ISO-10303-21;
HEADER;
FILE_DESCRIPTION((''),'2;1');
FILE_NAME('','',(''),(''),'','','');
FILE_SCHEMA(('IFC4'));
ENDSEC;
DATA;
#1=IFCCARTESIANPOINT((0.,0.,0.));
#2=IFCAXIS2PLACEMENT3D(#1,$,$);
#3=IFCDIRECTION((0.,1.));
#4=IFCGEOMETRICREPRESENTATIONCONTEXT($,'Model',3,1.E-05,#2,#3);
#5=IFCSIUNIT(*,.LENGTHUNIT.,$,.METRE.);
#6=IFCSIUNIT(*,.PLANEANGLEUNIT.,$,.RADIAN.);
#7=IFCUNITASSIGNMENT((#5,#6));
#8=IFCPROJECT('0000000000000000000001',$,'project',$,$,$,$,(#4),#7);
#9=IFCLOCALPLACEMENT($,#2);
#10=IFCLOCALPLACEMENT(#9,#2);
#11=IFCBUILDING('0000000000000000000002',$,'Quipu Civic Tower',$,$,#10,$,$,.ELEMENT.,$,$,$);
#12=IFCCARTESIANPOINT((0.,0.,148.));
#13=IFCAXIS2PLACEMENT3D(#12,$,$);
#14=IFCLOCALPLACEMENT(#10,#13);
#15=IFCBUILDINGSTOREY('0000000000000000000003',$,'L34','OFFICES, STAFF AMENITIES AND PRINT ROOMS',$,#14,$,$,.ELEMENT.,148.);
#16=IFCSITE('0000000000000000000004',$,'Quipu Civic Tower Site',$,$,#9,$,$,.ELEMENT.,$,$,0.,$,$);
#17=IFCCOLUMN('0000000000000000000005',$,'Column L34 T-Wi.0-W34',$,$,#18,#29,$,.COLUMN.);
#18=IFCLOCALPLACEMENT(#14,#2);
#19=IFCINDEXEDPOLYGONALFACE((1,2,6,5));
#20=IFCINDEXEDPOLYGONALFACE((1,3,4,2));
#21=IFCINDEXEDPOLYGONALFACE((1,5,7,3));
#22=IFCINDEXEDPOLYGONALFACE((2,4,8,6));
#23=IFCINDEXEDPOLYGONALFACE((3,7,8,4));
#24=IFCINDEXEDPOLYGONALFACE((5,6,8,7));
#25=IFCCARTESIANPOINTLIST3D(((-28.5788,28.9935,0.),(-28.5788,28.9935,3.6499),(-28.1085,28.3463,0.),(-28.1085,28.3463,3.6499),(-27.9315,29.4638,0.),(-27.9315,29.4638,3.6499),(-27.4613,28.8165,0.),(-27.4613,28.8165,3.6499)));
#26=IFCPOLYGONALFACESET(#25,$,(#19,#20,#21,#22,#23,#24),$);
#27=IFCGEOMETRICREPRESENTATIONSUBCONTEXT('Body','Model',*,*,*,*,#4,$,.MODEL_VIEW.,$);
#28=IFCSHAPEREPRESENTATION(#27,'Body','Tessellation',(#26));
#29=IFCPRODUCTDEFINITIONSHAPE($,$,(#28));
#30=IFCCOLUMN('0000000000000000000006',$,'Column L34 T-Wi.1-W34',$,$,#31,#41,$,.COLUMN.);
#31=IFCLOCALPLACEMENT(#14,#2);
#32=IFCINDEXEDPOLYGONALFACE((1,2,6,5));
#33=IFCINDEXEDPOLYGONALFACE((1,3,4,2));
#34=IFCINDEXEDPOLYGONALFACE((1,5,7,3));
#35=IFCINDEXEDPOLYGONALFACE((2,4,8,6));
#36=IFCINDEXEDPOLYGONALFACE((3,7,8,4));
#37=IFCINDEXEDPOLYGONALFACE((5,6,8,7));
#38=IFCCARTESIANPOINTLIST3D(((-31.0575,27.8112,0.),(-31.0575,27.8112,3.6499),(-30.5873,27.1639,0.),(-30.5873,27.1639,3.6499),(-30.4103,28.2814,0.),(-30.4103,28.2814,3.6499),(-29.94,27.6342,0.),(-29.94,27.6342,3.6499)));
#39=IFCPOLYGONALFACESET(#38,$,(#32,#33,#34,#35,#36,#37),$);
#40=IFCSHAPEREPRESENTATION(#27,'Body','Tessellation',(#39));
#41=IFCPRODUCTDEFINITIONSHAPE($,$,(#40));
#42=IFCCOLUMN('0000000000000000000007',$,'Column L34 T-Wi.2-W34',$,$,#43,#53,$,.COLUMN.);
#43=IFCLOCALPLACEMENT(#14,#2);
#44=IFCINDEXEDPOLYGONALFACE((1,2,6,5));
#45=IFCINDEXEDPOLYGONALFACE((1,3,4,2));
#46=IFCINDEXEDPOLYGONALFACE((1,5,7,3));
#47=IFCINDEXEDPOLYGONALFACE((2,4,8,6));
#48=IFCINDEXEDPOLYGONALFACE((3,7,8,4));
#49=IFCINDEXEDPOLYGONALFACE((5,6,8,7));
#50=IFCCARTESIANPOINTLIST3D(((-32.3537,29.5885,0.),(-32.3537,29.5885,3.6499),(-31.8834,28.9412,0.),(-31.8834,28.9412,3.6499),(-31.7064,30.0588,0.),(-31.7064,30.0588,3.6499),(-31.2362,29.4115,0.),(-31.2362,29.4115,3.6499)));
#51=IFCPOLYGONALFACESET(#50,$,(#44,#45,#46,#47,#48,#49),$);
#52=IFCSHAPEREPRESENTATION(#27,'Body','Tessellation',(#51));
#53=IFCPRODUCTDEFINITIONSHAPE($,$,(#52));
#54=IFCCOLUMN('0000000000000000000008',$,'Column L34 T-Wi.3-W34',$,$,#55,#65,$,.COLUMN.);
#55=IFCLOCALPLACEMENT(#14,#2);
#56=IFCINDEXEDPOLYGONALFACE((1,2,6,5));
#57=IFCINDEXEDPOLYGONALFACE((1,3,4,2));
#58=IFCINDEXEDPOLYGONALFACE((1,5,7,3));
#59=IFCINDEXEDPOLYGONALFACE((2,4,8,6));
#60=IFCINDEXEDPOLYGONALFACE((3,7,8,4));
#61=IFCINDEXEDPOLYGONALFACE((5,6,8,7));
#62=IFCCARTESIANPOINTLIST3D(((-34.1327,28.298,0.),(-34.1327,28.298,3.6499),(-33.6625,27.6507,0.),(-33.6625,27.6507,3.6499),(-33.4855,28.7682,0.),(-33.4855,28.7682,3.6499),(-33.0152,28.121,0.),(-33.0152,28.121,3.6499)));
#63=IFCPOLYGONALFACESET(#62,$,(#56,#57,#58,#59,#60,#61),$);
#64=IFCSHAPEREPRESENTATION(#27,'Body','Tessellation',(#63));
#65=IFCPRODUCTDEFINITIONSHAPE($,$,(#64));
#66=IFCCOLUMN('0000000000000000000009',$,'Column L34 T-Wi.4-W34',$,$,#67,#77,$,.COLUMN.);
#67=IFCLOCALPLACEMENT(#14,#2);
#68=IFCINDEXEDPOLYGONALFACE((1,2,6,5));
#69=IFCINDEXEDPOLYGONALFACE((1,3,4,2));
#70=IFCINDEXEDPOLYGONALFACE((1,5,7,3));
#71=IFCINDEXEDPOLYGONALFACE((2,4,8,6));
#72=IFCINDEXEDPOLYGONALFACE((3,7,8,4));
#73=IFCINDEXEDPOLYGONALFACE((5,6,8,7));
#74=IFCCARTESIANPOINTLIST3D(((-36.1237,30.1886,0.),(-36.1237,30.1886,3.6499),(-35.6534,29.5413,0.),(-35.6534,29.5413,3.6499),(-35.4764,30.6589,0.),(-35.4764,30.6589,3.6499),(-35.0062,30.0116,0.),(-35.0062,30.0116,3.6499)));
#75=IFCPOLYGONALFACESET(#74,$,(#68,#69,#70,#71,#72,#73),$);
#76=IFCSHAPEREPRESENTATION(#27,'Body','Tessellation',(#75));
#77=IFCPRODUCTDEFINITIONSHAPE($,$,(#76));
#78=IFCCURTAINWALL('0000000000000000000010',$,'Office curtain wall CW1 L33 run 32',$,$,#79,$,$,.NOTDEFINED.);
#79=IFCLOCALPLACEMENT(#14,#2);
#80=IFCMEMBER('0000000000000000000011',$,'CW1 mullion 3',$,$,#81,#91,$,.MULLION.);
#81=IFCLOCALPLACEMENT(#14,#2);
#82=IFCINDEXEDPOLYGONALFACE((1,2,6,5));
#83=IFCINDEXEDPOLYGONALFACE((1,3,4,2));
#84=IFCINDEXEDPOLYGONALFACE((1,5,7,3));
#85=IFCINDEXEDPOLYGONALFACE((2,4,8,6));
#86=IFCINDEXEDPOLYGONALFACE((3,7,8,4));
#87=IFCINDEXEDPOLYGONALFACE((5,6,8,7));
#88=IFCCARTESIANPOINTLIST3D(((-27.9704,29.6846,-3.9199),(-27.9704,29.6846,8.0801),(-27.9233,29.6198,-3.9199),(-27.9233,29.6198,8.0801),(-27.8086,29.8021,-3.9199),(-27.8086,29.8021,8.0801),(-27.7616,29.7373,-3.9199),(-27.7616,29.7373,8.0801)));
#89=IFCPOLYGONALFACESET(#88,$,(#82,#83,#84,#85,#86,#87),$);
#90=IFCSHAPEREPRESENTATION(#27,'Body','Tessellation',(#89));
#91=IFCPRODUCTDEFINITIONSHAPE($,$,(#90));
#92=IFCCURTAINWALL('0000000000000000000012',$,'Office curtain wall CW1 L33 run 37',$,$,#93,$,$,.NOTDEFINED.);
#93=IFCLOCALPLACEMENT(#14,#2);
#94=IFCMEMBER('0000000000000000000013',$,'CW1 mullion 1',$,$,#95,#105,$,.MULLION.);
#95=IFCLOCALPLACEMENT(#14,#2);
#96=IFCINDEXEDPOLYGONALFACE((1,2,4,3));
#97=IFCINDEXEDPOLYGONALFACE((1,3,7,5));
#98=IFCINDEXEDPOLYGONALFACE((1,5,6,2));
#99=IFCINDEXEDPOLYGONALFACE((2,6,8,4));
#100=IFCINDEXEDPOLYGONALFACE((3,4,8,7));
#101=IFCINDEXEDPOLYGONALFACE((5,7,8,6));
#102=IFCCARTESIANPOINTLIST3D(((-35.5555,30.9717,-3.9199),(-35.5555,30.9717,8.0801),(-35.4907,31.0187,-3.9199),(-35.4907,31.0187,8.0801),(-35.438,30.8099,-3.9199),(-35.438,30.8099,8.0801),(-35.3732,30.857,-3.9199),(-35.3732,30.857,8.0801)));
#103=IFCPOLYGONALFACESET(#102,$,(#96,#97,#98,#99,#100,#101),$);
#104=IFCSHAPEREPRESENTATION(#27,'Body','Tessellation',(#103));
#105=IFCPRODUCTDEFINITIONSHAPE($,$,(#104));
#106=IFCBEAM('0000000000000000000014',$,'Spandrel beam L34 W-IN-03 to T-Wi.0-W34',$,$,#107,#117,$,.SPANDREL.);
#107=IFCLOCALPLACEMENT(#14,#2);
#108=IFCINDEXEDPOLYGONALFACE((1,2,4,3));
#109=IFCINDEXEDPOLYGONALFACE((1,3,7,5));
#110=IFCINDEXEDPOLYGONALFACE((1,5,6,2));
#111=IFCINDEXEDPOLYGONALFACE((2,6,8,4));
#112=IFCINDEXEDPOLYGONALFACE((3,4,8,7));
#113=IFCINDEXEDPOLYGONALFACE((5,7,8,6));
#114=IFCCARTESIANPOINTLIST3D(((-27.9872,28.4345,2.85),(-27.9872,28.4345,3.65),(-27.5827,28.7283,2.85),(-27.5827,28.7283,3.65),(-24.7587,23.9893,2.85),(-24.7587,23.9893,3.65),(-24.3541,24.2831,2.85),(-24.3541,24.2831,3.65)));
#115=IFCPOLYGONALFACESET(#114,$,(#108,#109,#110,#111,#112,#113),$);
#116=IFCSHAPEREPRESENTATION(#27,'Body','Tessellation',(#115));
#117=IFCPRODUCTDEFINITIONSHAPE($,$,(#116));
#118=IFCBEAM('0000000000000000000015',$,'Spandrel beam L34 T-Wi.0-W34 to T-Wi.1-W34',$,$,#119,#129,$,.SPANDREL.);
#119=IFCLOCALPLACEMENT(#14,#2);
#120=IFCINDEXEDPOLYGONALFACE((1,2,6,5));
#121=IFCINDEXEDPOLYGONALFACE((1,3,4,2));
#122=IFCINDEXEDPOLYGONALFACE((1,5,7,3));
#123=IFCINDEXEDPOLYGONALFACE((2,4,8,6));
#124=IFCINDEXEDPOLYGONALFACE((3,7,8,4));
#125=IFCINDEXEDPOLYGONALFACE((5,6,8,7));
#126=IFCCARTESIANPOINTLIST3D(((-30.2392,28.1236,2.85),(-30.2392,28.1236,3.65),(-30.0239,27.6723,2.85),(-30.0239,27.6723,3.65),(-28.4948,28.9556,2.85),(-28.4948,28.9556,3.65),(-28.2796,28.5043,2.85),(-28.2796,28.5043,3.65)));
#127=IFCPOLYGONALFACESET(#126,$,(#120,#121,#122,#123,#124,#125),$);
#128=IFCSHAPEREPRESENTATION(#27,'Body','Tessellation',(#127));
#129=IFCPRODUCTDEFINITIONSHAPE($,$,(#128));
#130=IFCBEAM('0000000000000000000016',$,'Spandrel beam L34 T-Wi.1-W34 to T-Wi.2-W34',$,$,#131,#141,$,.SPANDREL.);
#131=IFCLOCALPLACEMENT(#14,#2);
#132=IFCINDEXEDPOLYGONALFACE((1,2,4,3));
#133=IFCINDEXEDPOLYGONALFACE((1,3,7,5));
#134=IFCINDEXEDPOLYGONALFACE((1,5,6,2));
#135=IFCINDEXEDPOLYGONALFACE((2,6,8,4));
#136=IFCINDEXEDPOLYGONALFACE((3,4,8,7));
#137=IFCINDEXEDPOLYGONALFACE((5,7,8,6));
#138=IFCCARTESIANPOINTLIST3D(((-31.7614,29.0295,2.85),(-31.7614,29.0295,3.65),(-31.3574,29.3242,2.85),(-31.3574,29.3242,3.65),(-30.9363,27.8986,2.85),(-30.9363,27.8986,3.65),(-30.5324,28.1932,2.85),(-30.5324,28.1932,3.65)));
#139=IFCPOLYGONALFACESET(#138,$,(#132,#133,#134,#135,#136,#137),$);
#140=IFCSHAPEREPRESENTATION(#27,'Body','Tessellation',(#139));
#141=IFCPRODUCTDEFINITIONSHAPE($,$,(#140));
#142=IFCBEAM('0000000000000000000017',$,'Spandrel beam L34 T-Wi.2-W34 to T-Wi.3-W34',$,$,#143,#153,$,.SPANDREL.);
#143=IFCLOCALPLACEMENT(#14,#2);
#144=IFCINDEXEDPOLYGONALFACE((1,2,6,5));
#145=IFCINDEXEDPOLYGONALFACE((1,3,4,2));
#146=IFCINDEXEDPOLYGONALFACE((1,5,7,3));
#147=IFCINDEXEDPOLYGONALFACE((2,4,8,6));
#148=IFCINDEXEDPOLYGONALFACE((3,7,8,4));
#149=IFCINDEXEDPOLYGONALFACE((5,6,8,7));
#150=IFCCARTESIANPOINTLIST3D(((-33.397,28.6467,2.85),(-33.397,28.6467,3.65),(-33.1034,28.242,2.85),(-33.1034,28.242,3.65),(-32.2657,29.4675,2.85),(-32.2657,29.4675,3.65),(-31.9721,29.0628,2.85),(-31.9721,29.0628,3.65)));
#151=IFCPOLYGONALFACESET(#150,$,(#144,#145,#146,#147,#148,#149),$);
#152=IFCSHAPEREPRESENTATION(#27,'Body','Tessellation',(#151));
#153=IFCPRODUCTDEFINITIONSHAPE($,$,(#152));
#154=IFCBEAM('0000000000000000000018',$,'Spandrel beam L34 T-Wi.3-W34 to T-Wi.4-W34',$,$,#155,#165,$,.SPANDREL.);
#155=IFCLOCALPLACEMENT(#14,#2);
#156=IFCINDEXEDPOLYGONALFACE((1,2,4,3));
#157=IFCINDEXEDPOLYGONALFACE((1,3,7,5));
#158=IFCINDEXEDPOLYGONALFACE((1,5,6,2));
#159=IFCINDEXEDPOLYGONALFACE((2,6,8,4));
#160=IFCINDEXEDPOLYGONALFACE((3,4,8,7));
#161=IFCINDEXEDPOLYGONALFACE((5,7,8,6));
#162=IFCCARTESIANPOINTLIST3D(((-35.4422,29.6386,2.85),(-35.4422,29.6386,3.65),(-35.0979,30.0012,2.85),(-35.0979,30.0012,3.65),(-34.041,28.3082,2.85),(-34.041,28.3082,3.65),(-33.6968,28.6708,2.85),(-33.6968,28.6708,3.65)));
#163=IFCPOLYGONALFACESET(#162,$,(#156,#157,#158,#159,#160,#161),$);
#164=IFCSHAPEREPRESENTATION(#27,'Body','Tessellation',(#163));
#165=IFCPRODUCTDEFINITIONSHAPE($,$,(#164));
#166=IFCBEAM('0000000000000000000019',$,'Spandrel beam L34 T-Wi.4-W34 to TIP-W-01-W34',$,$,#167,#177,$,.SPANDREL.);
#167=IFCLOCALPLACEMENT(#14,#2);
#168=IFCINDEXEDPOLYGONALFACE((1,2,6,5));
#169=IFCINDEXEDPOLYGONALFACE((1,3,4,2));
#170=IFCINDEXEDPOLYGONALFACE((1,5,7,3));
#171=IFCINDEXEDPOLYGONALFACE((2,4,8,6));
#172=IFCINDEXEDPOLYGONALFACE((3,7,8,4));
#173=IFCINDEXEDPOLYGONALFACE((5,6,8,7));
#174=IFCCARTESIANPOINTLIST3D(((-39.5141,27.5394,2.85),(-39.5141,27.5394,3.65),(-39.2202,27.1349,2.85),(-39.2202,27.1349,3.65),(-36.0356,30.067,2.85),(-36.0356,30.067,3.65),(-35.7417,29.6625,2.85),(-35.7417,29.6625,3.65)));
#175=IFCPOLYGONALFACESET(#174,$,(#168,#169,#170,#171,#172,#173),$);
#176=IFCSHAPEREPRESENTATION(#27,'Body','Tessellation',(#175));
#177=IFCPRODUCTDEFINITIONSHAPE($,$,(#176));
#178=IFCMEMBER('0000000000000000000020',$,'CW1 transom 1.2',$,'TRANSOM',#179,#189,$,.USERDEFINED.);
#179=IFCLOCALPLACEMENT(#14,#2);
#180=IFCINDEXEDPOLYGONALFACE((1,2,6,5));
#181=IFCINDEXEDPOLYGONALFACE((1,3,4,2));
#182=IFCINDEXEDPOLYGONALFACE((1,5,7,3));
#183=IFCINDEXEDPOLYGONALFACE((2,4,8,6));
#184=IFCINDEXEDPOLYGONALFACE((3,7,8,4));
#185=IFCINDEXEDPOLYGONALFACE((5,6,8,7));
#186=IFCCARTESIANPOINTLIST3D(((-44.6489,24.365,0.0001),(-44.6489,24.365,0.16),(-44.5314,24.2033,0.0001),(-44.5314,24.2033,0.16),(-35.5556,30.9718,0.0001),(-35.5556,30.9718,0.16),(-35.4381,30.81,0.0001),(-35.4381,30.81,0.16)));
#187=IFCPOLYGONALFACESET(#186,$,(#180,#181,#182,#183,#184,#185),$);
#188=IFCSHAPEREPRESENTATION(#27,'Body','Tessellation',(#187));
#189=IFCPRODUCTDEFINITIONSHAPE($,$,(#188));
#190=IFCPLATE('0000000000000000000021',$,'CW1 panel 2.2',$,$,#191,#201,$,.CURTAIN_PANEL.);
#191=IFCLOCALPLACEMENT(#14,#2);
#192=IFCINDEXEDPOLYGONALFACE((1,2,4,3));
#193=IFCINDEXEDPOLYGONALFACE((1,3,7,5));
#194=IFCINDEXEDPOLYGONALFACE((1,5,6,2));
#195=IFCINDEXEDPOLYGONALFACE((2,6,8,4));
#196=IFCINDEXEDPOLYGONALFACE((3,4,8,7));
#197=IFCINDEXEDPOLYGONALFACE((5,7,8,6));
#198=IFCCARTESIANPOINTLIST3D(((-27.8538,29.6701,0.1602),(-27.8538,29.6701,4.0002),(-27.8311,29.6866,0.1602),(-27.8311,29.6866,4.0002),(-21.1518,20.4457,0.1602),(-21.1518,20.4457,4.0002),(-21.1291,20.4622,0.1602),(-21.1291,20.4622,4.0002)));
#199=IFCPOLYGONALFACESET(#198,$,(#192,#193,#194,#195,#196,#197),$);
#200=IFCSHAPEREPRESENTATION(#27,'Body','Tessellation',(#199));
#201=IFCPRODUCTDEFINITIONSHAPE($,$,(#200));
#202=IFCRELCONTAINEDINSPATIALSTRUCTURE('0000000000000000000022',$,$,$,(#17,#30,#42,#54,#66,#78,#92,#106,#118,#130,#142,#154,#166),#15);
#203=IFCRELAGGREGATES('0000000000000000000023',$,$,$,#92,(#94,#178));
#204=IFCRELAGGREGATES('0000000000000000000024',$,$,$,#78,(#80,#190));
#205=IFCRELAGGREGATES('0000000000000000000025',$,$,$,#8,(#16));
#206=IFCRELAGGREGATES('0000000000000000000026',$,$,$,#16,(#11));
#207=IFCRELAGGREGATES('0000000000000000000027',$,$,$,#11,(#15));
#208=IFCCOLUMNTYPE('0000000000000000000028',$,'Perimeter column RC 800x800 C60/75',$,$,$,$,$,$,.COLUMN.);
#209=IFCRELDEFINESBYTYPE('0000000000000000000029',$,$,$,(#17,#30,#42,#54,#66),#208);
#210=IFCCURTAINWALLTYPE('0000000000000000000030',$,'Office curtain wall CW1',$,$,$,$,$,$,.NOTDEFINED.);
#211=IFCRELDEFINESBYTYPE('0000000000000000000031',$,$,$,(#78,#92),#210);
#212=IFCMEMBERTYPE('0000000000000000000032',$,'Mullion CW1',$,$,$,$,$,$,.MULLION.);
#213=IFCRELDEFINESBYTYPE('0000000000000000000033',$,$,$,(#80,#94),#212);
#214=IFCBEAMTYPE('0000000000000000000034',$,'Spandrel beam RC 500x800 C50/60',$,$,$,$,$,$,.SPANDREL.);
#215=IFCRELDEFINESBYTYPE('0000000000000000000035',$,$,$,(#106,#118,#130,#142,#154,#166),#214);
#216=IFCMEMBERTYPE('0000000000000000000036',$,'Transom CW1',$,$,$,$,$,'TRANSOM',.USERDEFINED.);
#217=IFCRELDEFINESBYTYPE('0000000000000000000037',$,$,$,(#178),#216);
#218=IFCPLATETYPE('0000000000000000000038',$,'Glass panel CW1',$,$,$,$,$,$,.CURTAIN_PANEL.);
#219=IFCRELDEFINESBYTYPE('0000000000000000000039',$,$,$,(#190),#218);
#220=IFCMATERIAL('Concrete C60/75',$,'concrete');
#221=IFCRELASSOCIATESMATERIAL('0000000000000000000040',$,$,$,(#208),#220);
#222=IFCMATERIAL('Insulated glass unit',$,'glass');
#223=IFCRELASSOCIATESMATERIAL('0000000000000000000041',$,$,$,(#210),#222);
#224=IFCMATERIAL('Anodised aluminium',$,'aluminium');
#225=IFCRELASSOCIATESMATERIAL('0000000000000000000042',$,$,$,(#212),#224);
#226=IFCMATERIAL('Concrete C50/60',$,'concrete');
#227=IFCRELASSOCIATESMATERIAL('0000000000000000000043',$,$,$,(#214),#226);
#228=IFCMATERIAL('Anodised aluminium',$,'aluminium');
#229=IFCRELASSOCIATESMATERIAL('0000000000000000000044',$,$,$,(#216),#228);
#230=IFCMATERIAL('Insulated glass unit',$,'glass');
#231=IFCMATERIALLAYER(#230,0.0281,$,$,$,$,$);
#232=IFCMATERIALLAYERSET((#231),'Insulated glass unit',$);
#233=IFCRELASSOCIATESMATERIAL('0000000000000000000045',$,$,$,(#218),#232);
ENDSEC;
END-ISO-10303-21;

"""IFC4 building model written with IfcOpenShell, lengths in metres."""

from ifc_helpers import new_model, si_unit, direction, frame, origin, origin_2d, place, context, subcontext, project, spatial, rectangle, extrude, material, layer, layer_set, material_profile, profile_set, type_object, element, aggregate, save


model = new_model("IFC4")

# Units and contexts
model_context = context("Model", 3, precision=1e-05, world=origin(), true_north=direction((0.0, 1.0)))
body_context = subcontext(model_context, "Body", "Model", "MODEL_VIEW")
ifc_project = project(units=[si_unit("LENGTHUNIT", "METRE"), si_unit("PLANEANGLEUNIT", "RADIAN")], contexts=[model_context])

# Site, building, storey
site_placement = place(None, origin())
site = spatial("IfcSite", under=ifc_project, at=site_placement, Name="Quipu Civic Tower Site", CompositionType="ELEMENT", RefElevation=0.0)
building_placement = place(site_placement, origin())
building = spatial("IfcBuilding", under=site, at=building_placement, Name="Quipu Civic Tower", CompositionType="ELEMENT")
storey_placement = place(building_placement, frame((0.0, 0.0, 148.0)))
storey = spatial("IfcBuildingStorey", under=building, at=storey_placement, Name="L34", Description="OFFICES, STAFF AMENITIES AND PRINT ROOMS", CompositionType="ELEMENT", Elevation=148.0)

# Columns
ifc_material_1 = material(Name="Concrete C60/75", Category="concrete")
ifc_material_profile_1 = material_profile(ifc_material_1, rectangle(XDim=0.8, YDim=0.8, at=origin_2d()), Name="RC800x800")
ifc_profile_set_1 = profile_set([ifc_material_profile_1], Name="Concrete C60/75")
column_type = type_object("IfcColumnType", Name="Perimeter column RC 800x800 C60/75", PredefinedType="COLUMN", material=ifc_profile_set_1)
for number, where, z_axis, x_axis, name in (
    (1, (-28.02, 28.905, 0.0), (0.0, 0.0, 1.0), (-0.809017, -0.587785, 0.0), "Column L34 T-Wi.0-W34"),
    (2, (-30.4988, 27.7227, 0.0), (0.0, 0.0, 1.0), (-0.809017, -0.587785, 0.0), "Column L34 T-Wi.1-W34"),
    (3, (-31.7949, 29.5, 0.0), (0.0, 0.0, 1.0), (-0.587785, 0.809017, 0.0), "Column L34 T-Wi.2-W34"),
    (4, (-33.574, 28.2095, 0.0), (0.0, 0.0, 1.0), (-0.587785, 0.809017, 0.0), "Column L34 T-Wi.3-W34"),
    (5, (-35.5649, 30.1001, 0.0), (0.0, 0.0, 1.0), (-0.809017, -0.587785, 0.0), "Column L34 T-Wi.4-W34"),
):
    element("IfcColumn", number, at=place(storey_placement, frame(where, z_axis=z_axis, x_axis=x_axis)), inside=storey, type_object=column_type, Name=name, PredefinedType="COLUMN", context=body_context, shape_type="SweptSolid", body=[
        extrude(rectangle(XDim=0.8, YDim=0.8, at=origin_2d()), origin(), (0.0, 0.0, 1.0), 3.6499),
    ])

# Curtain walls, members
ifc_material_2 = material(Name="Insulated glass unit", Category="glass")
curtain_wall_type = type_object("IfcCurtainWallType", Name="Office curtain wall CW1", PredefinedType="NOTDEFINED", material=ifc_material_2)
curtain_wall_1_placement = place(storey_placement, origin())
curtain_wall_1 = element("IfcCurtainWall", 6, at=curtain_wall_1_placement, inside=storey, type_object=curtain_wall_type, Name="Office curtain wall CW1 L33 run 32", PredefinedType="NOTDEFINED")
ifc_material_3 = material(Name="Anodised aluminium", Category="aluminium")
ifc_material_profile_2 = material_profile(ifc_material_3, rectangle(XDim=0.2, YDim=0.0801, at=origin_2d()), Name="RECT 200x80")
ifc_profile_set_2 = profile_set([ifc_material_profile_2], Name="Anodised aluminium")
member_type_1 = type_object("IfcMemberType", Name="Mullion CW1", PredefinedType="MULLION", material=ifc_profile_set_2)
member_1_placement = place(storey_placement, frame((-27.866, 29.7109, -3.9199), z_axis=(0.0, 0.0, 1.0), x_axis=(-0.809014, -0.587789, 0.0)))
member_1 = element("IfcMember", 7, at=member_1_placement, type_object=member_type_1, Name="CW1 mullion 3", PredefinedType="MULLION", context=body_context, shape_type="SweptSolid", body=[
    extrude(rectangle(XDim=0.2, YDim=0.0801, at=origin_2d()), origin(), (0.0, 0.0, 1.0), 12.0),
])
curtain_wall_2_placement = place(storey_placement, origin())
curtain_wall_2 = element("IfcCurtainWall", 8, at=curtain_wall_2_placement, inside=storey, type_object=curtain_wall_type, Name="Office curtain wall CW1 L33 run 37", PredefinedType="NOTDEFINED")
member_2_placement = place(storey_placement, frame((-35.4644, 30.9143, -3.9199), z_axis=(0.0, 0.0, 1.0), x_axis=(0.587788, -0.809015, 0.0)))
member_2 = element("IfcMember", 9, at=member_2_placement, type_object=member_type_1, Name="CW1 mullion 1", PredefinedType="MULLION", context=body_context, shape_type="SweptSolid", body=[
    extrude(rectangle(XDim=0.2, YDim=0.0801, at=origin_2d()), origin(), (0.0, 0.0, 1.0), 12.0),
])

# Beams
ifc_material_4 = material(Name="Concrete C50/60", Category="concrete")
ifc_material_profile_3 = material_profile(ifc_material_4, rectangle(XDim=0.5, YDim=0.8, at=origin_2d()), Name="RC500x800")
ifc_profile_set_3 = profile_set([ifc_material_profile_3], Name="Concrete C50/60")
beam_type = type_object("IfcBeamType", Name="Spandrel beam RC 500x800 C50/60", PredefinedType="SPANDREL", material=ifc_profile_set_3)
beam_1_placement = place(storey_placement, frame((-24.5564, 24.1362, 3.25), z_axis=(-0.587664, 0.809105, 0.0), x_axis=(-0.809105, -0.587664, 0.0)))
element("IfcBeam", 10, at=beam_1_placement, inside=storey, type_object=beam_type, Name="Spandrel beam L34 W-IN-03 to T-Wi.0-W34", PredefinedType="SPANDREL", context=body_context, shape_type="SweptSolid", body=[
    extrude(rectangle(XDim=0.5, YDim=0.8, at=origin_2d()), origin(), (0.0, 0.0, 1.0), 5.4939),
])
beam_2_placement = place(storey_placement, frame((-28.3872, 28.73, 3.25), z_axis=(-0.902585, -0.430512, 0.0), x_axis=(0.430512, -0.902585, 0.0)))
element("IfcBeam", 11, at=beam_2_placement, inside=storey, type_object=beam_type, Name="Spandrel beam L34 T-Wi.0-W34 to T-Wi.1-W34", PredefinedType="SPANDREL", context=body_context, shape_type="SweptSolid", body=[
    extrude(rectangle(XDim=0.5, YDim=0.8, at=origin_2d()), origin(), (0.0, 0.0, 1.0), 1.9326),
])
beam_3_placement = place(storey_placement, frame((-30.7344, 28.0459, 3.25), z_axis=(-0.589343, 0.807883, 0.0), x_axis=(-0.807883, -0.589343, 0.0)))
element("IfcBeam", 12, at=beam_3_placement, inside=storey, type_object=beam_type, Name="Spandrel beam L34 T-Wi.1-W34 to T-Wi.2-W34", PredefinedType="SPANDREL", context=body_context, shape_type="SweptSolid", body=[
    extrude(rectangle(XDim=0.5, YDim=0.8, at=origin_2d()), origin(), (0.0, 0.0, 1.0), 1.3999),
])
beam_4_placement = place(storey_placement, frame((-32.1189, 29.2651, 3.25), z_axis=(-0.809415, -0.587237, 0.0), x_axis=(0.587237, -0.809415, 0.0)))
element("IfcBeam", 13, at=beam_4_placement, inside=storey, type_object=beam_type, Name="Spandrel beam L34 T-Wi.2-W34 to T-Wi.3-W34", PredefinedType="SPANDREL", context=body_context, shape_type="SweptSolid", body=[
    extrude(rectangle(XDim=0.5, YDim=0.8, at=origin_2d()), origin(), (0.0, 0.0, 1.0), 1.3977),
])
beam_5_placement = place(storey_placement, frame((-33.8689, 28.4895, 3.25), z_axis=(-0.725192, 0.688547, 0.0), x_axis=(-0.688547, -0.725192, 0.0)))
element("IfcBeam", 14, at=beam_5_placement, inside=storey, type_object=beam_type, Name="Spandrel beam L34 T-Wi.3-W34 to T-Wi.4-W34", PredefinedType="SPANDREL", context=body_context, shape_type="SweptSolid", body=[
    extrude(rectangle(XDim=0.5, YDim=0.8, at=origin_2d()), origin(), (0.0, 0.0, 1.0), 1.9321),
])
beam_6_placement = place(storey_placement, frame((-35.8887, 29.8647, 3.25), z_axis=(-0.808984, -0.587831, 0.0), x_axis=(0.587831, -0.808984, 0.0)))
element("IfcBeam", 15, at=beam_6_placement, inside=storey, type_object=beam_type, Name="Spandrel beam L34 T-Wi.4-W34 to TIP-W-01-W34", PredefinedType="SPANDREL", context=body_context, shape_type="SweptSolid", body=[
    extrude(rectangle(XDim=0.5, YDim=0.8, at=origin_2d()), origin(), (0.0, 0.0, 1.0), 4.2998),
])

# Member
ifc_material_5 = material(Name="Anodised aluminium", Category="aluminium")
ifc_material_profile_4 = material_profile(ifc_material_5, rectangle(XDim=0.2, YDim=0.1599, at=origin_2d()), Name="RECT 200x160")
ifc_profile_set_4 = profile_set([ifc_material_profile_4], Name="Anodised aluminium")
member_type_2 = type_object("IfcMemberType", Name="Transom CW1", ElementType="TRANSOM", PredefinedType="USERDEFINED", material=ifc_profile_set_4)
member_3_placement = place(storey_placement, frame((-35.4968, 30.8909, 0.0801), z_axis=(-0.809015, -0.587788, 0.0), x_axis=(0.587788, -0.809015, 0.0)))
member_3 = element("IfcMember", 16, at=member_3_placement, type_object=member_type_2, Name="CW1 transom 1.2", ObjectType="TRANSOM", PredefinedType="USERDEFINED", context=body_context, shape_type="SweptSolid", body=[
    extrude(rectangle(XDim=0.2, YDim=0.1599, at=origin_2d()), origin(), (0.0, 0.0, 1.0), 11.24),
])
aggregate(curtain_wall_2, [member_2, member_3])

# Plate
ifc_material_6 = material(Name="Insulated glass unit", Category="glass")
ifc_layer_1 = layer(ifc_material_6, 0.0281)
ifc_layer_set_1 = layer_set([ifc_layer_1], Name="Insulated glass unit")
plate_type_1 = type_object("IfcPlateType", Name="Glass panel CW1", PredefinedType="CURTAIN_PANEL", material=ifc_layer_set_1)
plate_placement = place(storey_placement, frame((-24.4915, 25.0662, 0.1602), z_axis=(0.0, 0.0, 1.0), x_axis=(-0.587789, 0.809014, 0.0)))
plate = element("IfcPlate", 17, at=plate_placement, type_object=plate_type_1, Name="CW1 panel 2.2", PredefinedType="CURTAIN_PANEL", context=body_context, shape_type="SweptSolid", body=[
    extrude(rectangle(XDim=11.4021, YDim=0.0281, at=origin_2d()), origin(), (0.0, 0.0, 1.0), 3.8401),
])
aggregate(curtain_wall_1, [member_1, plate])

save(model, "model.ifc")
